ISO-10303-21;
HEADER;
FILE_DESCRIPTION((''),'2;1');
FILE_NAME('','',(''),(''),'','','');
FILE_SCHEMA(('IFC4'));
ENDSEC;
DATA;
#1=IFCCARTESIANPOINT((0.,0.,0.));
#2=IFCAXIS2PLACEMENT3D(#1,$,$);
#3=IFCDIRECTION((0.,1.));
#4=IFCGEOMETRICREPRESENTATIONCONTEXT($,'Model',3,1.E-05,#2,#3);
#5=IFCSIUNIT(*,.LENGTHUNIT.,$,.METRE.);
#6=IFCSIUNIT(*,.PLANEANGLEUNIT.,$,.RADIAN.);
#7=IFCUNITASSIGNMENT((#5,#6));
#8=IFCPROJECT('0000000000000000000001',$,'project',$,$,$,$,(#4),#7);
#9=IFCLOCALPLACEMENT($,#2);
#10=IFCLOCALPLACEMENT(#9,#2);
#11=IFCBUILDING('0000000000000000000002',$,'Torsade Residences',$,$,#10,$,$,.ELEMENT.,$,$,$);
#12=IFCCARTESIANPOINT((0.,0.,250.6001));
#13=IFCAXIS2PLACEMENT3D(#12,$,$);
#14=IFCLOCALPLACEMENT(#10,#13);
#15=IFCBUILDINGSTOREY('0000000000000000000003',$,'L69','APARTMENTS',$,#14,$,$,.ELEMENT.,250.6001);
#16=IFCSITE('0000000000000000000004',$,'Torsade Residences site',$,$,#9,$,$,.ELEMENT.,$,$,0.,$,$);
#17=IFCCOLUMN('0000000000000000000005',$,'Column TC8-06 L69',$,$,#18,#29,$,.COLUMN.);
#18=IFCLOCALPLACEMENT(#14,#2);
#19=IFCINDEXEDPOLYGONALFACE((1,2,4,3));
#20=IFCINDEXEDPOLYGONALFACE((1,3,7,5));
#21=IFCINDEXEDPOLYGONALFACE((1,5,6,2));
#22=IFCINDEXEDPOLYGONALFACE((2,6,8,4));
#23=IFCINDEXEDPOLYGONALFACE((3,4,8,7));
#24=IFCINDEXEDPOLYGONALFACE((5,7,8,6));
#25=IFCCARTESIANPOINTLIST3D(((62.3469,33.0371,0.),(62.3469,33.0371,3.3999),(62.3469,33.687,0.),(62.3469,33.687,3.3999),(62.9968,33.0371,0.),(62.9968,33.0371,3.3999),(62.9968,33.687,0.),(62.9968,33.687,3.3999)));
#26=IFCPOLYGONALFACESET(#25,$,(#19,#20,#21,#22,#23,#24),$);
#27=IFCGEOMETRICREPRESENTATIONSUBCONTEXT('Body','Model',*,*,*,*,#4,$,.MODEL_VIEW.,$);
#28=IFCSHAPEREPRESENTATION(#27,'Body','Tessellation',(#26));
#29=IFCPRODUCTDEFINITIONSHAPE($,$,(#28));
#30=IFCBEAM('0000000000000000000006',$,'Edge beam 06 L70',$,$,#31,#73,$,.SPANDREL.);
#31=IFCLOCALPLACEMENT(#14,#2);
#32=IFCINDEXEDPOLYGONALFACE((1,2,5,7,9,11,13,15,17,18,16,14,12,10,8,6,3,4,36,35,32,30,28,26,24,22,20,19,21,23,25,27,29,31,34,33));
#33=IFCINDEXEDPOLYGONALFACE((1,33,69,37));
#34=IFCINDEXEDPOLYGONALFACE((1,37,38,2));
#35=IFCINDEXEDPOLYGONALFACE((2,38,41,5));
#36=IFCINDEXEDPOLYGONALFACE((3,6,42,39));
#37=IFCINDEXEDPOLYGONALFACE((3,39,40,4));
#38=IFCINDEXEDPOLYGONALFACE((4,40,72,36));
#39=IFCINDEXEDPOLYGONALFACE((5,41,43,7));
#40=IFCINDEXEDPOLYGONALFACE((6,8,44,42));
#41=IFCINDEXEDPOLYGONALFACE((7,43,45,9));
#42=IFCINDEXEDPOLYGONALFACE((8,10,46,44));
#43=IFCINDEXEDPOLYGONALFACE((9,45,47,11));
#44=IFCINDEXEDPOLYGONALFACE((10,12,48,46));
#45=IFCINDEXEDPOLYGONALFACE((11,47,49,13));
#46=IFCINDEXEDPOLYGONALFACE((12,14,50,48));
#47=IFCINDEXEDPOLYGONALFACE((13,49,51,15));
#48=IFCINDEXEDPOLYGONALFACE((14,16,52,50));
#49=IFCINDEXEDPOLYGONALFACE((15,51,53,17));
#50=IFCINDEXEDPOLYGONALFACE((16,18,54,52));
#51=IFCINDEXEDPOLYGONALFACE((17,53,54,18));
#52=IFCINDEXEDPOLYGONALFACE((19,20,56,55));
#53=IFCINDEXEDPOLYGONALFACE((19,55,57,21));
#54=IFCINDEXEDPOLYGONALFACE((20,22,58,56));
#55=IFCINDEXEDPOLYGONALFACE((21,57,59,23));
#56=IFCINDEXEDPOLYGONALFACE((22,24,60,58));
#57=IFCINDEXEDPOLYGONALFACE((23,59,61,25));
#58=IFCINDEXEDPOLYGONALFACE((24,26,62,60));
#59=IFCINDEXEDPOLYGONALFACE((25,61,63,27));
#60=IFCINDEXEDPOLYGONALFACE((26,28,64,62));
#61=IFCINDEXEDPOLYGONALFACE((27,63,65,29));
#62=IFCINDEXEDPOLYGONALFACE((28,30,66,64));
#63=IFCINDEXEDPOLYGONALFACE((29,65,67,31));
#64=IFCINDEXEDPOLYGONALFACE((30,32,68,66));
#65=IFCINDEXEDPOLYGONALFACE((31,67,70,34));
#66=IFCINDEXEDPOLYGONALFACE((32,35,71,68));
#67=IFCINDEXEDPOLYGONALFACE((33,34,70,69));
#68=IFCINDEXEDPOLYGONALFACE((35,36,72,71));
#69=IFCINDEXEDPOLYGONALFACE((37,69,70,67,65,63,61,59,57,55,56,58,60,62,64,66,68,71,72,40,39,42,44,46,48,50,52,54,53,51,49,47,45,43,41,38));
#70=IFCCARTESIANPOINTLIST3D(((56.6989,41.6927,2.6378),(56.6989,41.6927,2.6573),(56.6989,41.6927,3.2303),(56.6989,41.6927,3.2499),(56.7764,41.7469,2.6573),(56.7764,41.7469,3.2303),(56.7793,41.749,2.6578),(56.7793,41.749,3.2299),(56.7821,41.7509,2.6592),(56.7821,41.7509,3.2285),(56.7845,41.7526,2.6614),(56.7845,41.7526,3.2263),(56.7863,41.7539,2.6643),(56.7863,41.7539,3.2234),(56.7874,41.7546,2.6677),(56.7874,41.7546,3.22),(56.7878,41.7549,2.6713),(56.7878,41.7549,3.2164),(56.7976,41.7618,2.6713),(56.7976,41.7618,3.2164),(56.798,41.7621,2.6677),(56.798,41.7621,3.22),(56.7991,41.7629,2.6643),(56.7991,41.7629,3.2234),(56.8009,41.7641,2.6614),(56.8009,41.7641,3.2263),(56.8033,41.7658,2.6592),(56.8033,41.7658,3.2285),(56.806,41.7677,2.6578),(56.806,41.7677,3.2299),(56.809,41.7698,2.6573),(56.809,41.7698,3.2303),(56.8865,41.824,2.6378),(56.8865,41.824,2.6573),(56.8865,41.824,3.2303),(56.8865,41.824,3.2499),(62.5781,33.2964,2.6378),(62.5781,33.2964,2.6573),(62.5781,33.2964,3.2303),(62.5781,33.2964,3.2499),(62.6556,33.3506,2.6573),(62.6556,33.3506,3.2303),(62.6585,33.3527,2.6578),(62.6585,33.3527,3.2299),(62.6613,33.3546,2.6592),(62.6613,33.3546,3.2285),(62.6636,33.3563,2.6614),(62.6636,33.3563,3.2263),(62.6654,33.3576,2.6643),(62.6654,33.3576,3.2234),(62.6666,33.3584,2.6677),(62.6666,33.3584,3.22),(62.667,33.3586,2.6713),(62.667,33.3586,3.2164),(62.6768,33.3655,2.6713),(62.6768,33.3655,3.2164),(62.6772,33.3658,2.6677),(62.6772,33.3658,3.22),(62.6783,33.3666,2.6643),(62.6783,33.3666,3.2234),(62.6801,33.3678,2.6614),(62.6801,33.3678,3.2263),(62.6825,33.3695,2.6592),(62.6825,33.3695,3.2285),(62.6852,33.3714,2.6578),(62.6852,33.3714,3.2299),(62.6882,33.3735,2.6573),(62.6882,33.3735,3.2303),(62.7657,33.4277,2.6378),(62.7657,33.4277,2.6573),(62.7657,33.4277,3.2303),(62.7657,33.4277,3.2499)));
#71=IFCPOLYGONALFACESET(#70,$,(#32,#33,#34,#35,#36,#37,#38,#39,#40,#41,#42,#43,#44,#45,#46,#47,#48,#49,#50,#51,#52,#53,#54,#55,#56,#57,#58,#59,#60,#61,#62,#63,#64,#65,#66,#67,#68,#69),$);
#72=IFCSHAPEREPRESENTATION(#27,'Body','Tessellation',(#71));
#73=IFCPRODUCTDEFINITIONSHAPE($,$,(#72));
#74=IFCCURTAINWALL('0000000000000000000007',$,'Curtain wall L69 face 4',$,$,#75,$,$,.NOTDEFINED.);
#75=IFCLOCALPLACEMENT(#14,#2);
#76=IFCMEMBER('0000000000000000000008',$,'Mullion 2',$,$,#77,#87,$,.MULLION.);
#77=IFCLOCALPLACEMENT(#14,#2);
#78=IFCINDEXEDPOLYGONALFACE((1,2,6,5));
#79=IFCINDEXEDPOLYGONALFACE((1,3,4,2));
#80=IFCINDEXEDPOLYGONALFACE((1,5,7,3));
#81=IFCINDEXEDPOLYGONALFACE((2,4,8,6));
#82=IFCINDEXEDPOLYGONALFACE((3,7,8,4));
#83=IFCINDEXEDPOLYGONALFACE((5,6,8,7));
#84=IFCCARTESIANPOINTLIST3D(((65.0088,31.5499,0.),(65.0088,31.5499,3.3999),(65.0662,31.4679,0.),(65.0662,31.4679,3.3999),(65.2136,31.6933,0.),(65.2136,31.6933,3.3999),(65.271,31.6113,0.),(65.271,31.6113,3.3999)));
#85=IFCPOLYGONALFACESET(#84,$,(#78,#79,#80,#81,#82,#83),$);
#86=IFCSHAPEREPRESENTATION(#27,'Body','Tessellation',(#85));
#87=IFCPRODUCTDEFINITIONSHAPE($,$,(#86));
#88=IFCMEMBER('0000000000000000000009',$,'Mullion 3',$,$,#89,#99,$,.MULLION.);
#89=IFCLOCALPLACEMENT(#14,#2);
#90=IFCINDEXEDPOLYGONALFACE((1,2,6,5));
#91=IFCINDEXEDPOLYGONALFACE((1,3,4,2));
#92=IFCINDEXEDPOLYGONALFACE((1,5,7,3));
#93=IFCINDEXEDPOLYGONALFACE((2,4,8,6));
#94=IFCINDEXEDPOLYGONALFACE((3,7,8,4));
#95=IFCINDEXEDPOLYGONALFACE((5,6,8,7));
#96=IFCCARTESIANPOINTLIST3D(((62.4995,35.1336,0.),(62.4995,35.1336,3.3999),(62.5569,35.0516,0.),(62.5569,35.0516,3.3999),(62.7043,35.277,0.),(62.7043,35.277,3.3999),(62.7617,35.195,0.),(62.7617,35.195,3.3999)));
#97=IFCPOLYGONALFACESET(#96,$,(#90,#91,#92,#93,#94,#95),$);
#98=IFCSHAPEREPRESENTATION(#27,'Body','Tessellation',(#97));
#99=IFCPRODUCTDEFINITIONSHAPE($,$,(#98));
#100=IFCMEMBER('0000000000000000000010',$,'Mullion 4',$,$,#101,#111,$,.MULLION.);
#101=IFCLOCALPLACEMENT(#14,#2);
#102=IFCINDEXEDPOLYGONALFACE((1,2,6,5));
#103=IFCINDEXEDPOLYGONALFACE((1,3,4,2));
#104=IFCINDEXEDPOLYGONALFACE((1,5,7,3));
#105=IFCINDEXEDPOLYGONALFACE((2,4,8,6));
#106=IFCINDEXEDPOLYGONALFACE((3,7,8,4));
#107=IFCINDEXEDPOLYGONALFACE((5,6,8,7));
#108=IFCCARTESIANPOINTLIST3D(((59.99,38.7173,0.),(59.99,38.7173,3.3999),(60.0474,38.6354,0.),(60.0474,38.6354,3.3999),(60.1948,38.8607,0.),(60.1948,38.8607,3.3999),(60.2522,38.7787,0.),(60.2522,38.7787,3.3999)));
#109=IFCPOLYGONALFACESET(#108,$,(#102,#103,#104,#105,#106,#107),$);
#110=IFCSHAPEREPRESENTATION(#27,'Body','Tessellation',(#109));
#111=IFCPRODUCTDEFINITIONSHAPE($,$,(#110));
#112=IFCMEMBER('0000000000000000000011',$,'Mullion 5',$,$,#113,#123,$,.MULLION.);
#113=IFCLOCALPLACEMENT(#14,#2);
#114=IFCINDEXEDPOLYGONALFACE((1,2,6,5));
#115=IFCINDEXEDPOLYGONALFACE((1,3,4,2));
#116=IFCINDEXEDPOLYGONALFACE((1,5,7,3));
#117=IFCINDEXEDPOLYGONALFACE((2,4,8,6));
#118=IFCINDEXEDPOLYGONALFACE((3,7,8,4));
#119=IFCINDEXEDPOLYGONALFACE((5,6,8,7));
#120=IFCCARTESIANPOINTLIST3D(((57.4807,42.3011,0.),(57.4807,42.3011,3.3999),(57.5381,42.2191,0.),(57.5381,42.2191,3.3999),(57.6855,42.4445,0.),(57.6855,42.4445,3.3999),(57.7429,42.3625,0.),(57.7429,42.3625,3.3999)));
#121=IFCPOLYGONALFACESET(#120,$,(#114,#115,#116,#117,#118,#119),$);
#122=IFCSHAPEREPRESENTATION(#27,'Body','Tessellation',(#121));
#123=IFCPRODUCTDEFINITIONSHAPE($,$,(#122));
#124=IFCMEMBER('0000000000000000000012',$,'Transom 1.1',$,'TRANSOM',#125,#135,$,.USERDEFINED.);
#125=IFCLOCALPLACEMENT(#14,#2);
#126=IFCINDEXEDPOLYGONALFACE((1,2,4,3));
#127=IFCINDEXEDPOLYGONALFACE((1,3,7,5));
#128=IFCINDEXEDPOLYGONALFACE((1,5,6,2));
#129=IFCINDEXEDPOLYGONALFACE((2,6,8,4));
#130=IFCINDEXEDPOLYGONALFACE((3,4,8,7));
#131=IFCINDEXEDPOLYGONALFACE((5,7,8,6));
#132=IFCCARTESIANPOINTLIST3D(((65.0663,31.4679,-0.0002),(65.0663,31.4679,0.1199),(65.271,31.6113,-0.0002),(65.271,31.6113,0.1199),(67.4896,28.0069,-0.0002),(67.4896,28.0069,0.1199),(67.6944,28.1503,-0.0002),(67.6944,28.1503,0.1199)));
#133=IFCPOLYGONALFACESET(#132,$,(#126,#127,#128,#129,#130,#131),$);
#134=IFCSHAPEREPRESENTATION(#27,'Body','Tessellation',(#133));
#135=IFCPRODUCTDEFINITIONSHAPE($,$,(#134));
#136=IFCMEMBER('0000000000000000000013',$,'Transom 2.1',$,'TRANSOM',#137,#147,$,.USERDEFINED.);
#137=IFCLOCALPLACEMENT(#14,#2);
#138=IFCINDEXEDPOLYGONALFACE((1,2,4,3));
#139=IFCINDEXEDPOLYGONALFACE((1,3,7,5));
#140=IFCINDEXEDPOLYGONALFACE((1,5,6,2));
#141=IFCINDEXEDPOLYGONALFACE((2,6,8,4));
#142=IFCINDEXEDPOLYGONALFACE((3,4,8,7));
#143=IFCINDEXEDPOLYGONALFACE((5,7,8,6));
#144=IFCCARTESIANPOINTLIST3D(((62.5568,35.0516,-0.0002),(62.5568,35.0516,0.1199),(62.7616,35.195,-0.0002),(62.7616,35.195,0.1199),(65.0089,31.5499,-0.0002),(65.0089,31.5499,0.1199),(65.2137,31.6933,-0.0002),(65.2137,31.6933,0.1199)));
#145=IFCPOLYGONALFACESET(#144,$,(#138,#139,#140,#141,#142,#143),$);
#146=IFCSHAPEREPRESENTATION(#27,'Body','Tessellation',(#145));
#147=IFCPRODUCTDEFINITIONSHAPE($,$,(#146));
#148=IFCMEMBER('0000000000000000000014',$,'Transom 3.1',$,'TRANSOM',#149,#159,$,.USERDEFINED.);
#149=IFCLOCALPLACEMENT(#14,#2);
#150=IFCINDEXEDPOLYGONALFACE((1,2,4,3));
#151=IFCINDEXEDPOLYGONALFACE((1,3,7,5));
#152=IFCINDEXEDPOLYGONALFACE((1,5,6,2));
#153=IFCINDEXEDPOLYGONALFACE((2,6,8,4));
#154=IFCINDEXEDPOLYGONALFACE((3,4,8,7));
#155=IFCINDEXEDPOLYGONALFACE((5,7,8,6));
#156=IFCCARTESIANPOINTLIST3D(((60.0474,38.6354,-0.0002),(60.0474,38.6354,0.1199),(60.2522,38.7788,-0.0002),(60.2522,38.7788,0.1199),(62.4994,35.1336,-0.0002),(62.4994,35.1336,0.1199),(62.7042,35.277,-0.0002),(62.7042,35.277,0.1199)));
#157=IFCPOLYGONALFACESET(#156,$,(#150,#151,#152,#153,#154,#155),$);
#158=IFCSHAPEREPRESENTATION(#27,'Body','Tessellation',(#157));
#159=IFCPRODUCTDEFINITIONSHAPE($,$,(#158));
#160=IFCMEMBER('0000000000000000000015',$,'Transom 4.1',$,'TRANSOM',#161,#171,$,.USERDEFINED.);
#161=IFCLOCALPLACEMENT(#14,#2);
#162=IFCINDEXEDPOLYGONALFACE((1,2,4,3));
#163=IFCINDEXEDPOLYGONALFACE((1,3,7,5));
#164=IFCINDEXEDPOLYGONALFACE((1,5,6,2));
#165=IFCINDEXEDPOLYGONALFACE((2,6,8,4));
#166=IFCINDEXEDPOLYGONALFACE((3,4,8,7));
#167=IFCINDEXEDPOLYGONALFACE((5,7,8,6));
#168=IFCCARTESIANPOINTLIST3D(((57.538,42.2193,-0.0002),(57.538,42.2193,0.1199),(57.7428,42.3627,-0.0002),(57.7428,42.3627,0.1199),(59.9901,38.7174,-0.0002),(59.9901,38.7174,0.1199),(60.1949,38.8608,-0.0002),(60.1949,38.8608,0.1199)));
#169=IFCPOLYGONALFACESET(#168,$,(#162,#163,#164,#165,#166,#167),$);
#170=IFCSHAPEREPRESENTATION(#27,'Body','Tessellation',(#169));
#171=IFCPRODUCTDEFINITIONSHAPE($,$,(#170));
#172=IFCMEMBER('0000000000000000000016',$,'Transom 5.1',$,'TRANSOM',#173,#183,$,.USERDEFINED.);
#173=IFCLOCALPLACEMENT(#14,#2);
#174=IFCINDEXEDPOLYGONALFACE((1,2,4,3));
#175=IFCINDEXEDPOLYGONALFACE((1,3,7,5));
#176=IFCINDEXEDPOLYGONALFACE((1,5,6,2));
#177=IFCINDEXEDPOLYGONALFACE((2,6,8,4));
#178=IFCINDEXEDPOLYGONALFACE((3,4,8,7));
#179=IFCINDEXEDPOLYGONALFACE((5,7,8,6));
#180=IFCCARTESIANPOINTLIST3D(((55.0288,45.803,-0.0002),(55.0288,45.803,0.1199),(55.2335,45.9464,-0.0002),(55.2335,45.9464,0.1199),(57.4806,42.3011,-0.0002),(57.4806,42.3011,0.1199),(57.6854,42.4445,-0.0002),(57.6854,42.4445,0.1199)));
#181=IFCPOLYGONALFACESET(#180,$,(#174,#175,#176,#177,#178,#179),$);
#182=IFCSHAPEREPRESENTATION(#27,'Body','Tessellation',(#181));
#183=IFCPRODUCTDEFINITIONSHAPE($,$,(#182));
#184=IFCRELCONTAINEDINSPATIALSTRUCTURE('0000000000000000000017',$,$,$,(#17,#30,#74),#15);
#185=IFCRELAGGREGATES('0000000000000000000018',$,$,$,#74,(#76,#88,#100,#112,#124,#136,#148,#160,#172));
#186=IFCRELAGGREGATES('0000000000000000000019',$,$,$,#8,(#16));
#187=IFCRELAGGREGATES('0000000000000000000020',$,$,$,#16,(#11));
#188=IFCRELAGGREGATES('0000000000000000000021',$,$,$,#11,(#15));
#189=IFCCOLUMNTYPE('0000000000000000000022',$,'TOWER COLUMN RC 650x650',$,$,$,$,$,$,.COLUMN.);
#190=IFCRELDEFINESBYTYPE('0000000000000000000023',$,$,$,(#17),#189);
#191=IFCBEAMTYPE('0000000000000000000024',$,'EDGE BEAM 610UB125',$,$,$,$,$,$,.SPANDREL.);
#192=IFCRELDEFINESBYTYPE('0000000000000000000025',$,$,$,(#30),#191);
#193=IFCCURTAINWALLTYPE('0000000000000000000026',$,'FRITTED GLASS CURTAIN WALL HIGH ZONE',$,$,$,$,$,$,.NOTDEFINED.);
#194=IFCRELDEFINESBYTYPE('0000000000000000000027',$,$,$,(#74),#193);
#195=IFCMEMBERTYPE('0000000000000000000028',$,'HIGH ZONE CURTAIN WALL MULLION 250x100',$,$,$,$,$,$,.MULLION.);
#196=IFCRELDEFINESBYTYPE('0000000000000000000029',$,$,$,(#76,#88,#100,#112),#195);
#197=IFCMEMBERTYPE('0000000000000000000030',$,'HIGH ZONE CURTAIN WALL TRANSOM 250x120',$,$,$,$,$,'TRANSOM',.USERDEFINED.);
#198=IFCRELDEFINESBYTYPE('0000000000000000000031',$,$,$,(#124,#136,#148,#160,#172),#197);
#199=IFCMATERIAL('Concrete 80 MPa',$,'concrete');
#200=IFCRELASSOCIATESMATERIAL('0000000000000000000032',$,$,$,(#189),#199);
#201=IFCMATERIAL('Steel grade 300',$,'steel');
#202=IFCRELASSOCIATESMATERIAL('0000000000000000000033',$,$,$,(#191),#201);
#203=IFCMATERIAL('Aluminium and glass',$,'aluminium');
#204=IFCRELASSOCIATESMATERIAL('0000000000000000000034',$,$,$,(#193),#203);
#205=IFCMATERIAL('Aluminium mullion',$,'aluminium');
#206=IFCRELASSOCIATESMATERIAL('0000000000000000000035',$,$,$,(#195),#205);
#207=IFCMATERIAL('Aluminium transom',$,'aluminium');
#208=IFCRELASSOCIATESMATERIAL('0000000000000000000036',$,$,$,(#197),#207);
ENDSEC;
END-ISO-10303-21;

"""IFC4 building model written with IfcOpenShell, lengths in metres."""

from ifc_helpers import new_model, si_unit, direction, frame, origin, origin_2d, place, context, subcontext, project, spatial, rectangle, i_section, extrude, material, material_profile, profile_set, type_object, element, aggregate, save


model = new_model("IFC4")

# Units and contexts
model_context = context("Model", 3, precision=1e-05, world=origin(), true_north=direction((0.0, 1.0)))
body_context = subcontext(model_context, "Body", "Model", "MODEL_VIEW")
ifc_project = project(units=[si_unit("LENGTHUNIT", "METRE"), si_unit("PLANEANGLEUNIT", "RADIAN")], contexts=[model_context])

# Site, building, storey
site_placement = place(None, origin())
site = spatial("IfcSite", under=ifc_project, at=site_placement, Name="Torsade Residences site", CompositionType="ELEMENT", RefElevation=0.0)
building_placement = place(site_placement, origin())
building = spatial("IfcBuilding", under=site, at=building_placement, Name="Torsade Residences", CompositionType="ELEMENT")
storey_placement = place(building_placement, frame((0.0, 0.0, 250.6001)))
storey = spatial("IfcBuildingStorey", under=building, at=storey_placement, Name="L69", Description="APARTMENTS", CompositionType="ELEMENT", Elevation=250.6001)

# Column
ifc_material_1 = material(Name="Concrete 80 MPa", Category="concrete")
ifc_material_profile_1 = material_profile(ifc_material_1, rectangle(XDim=0.6499, YDim=0.6499, at=origin_2d()), Name="RC 650x650")
ifc_profile_set_1 = profile_set([ifc_material_profile_1], Name="Concrete 80 MPa")
column_type = type_object("IfcColumnType", Name="TOWER COLUMN RC 650x650", PredefinedType="COLUMN", material=ifc_profile_set_1)
column_placement = place(storey_placement, frame((62.6719, 33.3621, 0.0), z_axis=(0.0, 0.0, 1.0), x_axis=(1.0, 0.0, 0.0)))
element("IfcColumn", 1, at=column_placement, inside=storey, type_object=column_type, Name="Column TC8-06 L69", PredefinedType="COLUMN", context=body_context, shape_type="SweptSolid", body=[
    extrude(rectangle(XDim=0.6499, YDim=0.6499, at=origin_2d()), origin(), (0.0, 0.0, 1.0), 3.3999),
])

# Beam
ifc_material_2 = material(Name="Steel grade 300", Category="steel")
ifc_material_profile_2 = material_profile(ifc_material_2, i_section(OverallWidth=0.229, OverallDepth=0.6121, WebThickness=0.012, FlangeThickness=0.0195, FilletRadius=0.0139, at=origin_2d()), Name="610UB125")
ifc_profile_set_2 = profile_set([ifc_material_profile_2], Name="Steel grade 300")
beam_type_1 = type_object("IfcBeamType", Name="EDGE BEAM 610UB125", PredefinedType="SPANDREL", material=ifc_profile_set_2)
beam_1_placement = place(storey_placement, frame((62.6719, 33.3621, 2.9438), z_axis=(-0.573579, 0.81915, 0.0), x_axis=(-0.81915, -0.573579, 0.0)))
element("IfcBeam", 2, at=beam_1_placement, inside=storey, type_object=beam_type_1, Name="Edge beam 06 L70", PredefinedType="SPANDREL", context=body_context, shape_type="SweptSolid", body=[
    extrude(i_section(OverallWidth=0.229, OverallDepth=0.6121, WebThickness=0.012, FlangeThickness=0.0195, FilletRadius=0.0139, at=origin_2d()), origin(), (0.0, 0.0, 1.0), 10.25),
])

# Curtain wall, members
ifc_material_3 = material(Name="Aluminium and glass", Category="aluminium")
curtain_wall_type = type_object("IfcCurtainWallType", Name="FRITTED GLASS CURTAIN WALL HIGH ZONE", PredefinedType="NOTDEFINED", material=ifc_material_3)
curtain_wall_placement = place(storey_placement, origin())
curtain_wall = element("IfcCurtainWall", 3, at=curtain_wall_placement, inside=storey, type_object=curtain_wall_type, Name="Curtain wall L69 face 4", PredefinedType="NOTDEFINED")
ifc_material_4 = material(Name="Aluminium mullion", Category="aluminium")
ifc_material_profile_3 = material_profile(ifc_material_4, rectangle(XDim=0.25, YDim=0.1001, at=origin_2d()), Name="HIGH ZONE CURTAIN WALL MULLION 250x100")
ifc_profile_set_3 = profile_set([ifc_material_profile_3], Name="Aluminium mullion")
member_type_1 = type_object("IfcMemberType", Name="HIGH ZONE CURTAIN WALL MULLION 250x100", PredefinedType="MULLION", material=ifc_profile_set_3)
member_1_placement = place(storey_placement, frame((65.1399, 31.5806, 0.0), z_axis=(0.0, 0.0, 1.0), x_axis=(-0.819152, -0.573576, 0.0)))
member_1 = element("IfcMember", 4, at=member_1_placement, type_object=member_type_1, Name="Mullion 2", PredefinedType="MULLION", context=body_context, shape_type="SweptSolid", body=[
    extrude(rectangle(XDim=0.25, YDim=0.1001, at=origin_2d()), origin(), (0.0, 0.0, 1.0), 3.3999),
])
member_2_placement = place(storey_placement, frame((62.6306, 35.1643, 0.0), z_axis=(0.0, 0.0, 1.0), x_axis=(-0.819152, -0.573576, 0.0)))
member_2 = element("IfcMember", 5, at=member_2_placement, type_object=member_type_1, Name="Mullion 3", PredefinedType="MULLION", context=body_context, shape_type="SweptSolid", body=[
    extrude(rectangle(XDim=0.25, YDim=0.1001, at=origin_2d()), origin(), (0.0, 0.0, 1.0), 3.3999),
])
member_3_placement = place(storey_placement, frame((60.1211, 38.748, 0.0), z_axis=(0.0, 0.0, 1.0), x_axis=(-0.819152, -0.573576, 0.0)))
member_3 = element("IfcMember", 6, at=member_3_placement, type_object=member_type_1, Name="Mullion 4", PredefinedType="MULLION", context=body_context, shape_type="SweptSolid", body=[
    extrude(rectangle(XDim=0.25, YDim=0.1001, at=origin_2d()), origin(), (0.0, 0.0, 1.0), 3.3999),
])
member_4_placement = place(storey_placement, frame((57.6118, 42.3318, 0.0), z_axis=(0.0, 0.0, 1.0), x_axis=(-0.819152, -0.573576, 0.0)))
member_4 = element("IfcMember", 7, at=member_4_placement, type_object=member_type_1, Name="Mullion 5", PredefinedType="MULLION", context=body_context, shape_type="SweptSolid", body=[
    extrude(rectangle(XDim=0.25, YDim=0.1001, at=origin_2d()), origin(), (0.0, 0.0, 1.0), 3.3999),
])
ifc_material_5 = material(Name="Aluminium transom", Category="aluminium")
ifc_material_profile_4 = material_profile(ifc_material_5, rectangle(XDim=0.25, YDim=0.1201, at=origin_2d()), Name="HIGH ZONE CURTAIN WALL TRANSOM 250x120")
ifc_profile_set_4 = profile_set([ifc_material_profile_4], Name="Aluminium transom")
member_type_2 = type_object("IfcMemberType", Name="HIGH ZONE CURTAIN WALL TRANSOM 250x120", ElementType="TRANSOM", PredefinedType="USERDEFINED", material=ifc_profile_set_4)
member_5_placement = place(storey_placement, frame((67.592, 28.0786, 0.0598), z_axis=(-0.573571, 0.819156, 0.0), x_axis=(-0.819156, -0.573571, 0.0)))
member_5 = element("IfcMember", 8, at=member_5_placement, type_object=member_type_2, Name="Transom 1.1", ObjectType="TRANSOM", PredefinedType="USERDEFINED", context=body_context, shape_type="SweptSolid", body=[
    extrude(rectangle(XDim=0.25, YDim=0.1201, at=origin_2d()), origin(), (0.0, 0.0, 1.0), 4.2251),
])
member_6_placement = place(storey_placement, frame((65.1113, 31.6216, 0.0598), z_axis=(-0.573612, 0.819127, 0.0), x_axis=(-0.819127, -0.573612, 0.0)))
member_6 = element("IfcMember", 9, at=member_6_placement, type_object=member_type_2, Name="Transom 2.1", ObjectType="TRANSOM", PredefinedType="USERDEFINED", context=body_context, shape_type="SweptSolid", body=[
    extrude(rectangle(XDim=0.25, YDim=0.1201, at=origin_2d()), origin(), (0.0, 0.0, 1.0), 4.2749),
])
member_7_placement = place(storey_placement, frame((62.6018, 35.2053, 0.0598), z_axis=(-0.573573, 0.819154, 0.0), x_axis=(-0.819154, -0.573573, 0.0)))
member_7 = element("IfcMember", 10, at=member_7_placement, type_object=member_type_2, Name="Transom 3.1", ObjectType="TRANSOM", PredefinedType="USERDEFINED", context=body_context, shape_type="SweptSolid", body=[
    extrude(rectangle(XDim=0.25, YDim=0.1201, at=origin_2d()), origin(), (0.0, 0.0, 1.0), 4.2749),
])
member_8_placement = place(storey_placement, frame((60.0925, 38.7891, 0.0598), z_axis=(-0.573585, 0.819146, 0.0), x_axis=(-0.819146, -0.573585, 0.0)))
member_8 = element("IfcMember", 11, at=member_8_placement, type_object=member_type_2, Name="Transom 4.1", ObjectType="TRANSOM", PredefinedType="USERDEFINED", context=body_context, shape_type="SweptSolid", body=[
    extrude(rectangle(XDim=0.25, YDim=0.1201, at=origin_2d()), origin(), (0.0, 0.0, 1.0), 4.2751),
])
member_9_placement = place(storey_placement, frame((57.583, 42.3728, 0.0598), z_axis=(-0.573547, 0.819173, 0.0), x_axis=(-0.819173, -0.573547, 0.0)))
member_9 = element("IfcMember", 12, at=member_9_placement, type_object=member_type_2, Name="Transom 5.1", ObjectType="TRANSOM", PredefinedType="USERDEFINED", context=body_context, shape_type="SweptSolid", body=[
    extrude(rectangle(XDim=0.25, YDim=0.1201, at=origin_2d()), origin(), (0.0, 0.0, 1.0), 4.2749),
])

aggregate(curtain_wall, [member_1, member_2, member_3, member_4, member_5, member_6, member_7, member_8, member_9])

save(model, "model.ifc")
